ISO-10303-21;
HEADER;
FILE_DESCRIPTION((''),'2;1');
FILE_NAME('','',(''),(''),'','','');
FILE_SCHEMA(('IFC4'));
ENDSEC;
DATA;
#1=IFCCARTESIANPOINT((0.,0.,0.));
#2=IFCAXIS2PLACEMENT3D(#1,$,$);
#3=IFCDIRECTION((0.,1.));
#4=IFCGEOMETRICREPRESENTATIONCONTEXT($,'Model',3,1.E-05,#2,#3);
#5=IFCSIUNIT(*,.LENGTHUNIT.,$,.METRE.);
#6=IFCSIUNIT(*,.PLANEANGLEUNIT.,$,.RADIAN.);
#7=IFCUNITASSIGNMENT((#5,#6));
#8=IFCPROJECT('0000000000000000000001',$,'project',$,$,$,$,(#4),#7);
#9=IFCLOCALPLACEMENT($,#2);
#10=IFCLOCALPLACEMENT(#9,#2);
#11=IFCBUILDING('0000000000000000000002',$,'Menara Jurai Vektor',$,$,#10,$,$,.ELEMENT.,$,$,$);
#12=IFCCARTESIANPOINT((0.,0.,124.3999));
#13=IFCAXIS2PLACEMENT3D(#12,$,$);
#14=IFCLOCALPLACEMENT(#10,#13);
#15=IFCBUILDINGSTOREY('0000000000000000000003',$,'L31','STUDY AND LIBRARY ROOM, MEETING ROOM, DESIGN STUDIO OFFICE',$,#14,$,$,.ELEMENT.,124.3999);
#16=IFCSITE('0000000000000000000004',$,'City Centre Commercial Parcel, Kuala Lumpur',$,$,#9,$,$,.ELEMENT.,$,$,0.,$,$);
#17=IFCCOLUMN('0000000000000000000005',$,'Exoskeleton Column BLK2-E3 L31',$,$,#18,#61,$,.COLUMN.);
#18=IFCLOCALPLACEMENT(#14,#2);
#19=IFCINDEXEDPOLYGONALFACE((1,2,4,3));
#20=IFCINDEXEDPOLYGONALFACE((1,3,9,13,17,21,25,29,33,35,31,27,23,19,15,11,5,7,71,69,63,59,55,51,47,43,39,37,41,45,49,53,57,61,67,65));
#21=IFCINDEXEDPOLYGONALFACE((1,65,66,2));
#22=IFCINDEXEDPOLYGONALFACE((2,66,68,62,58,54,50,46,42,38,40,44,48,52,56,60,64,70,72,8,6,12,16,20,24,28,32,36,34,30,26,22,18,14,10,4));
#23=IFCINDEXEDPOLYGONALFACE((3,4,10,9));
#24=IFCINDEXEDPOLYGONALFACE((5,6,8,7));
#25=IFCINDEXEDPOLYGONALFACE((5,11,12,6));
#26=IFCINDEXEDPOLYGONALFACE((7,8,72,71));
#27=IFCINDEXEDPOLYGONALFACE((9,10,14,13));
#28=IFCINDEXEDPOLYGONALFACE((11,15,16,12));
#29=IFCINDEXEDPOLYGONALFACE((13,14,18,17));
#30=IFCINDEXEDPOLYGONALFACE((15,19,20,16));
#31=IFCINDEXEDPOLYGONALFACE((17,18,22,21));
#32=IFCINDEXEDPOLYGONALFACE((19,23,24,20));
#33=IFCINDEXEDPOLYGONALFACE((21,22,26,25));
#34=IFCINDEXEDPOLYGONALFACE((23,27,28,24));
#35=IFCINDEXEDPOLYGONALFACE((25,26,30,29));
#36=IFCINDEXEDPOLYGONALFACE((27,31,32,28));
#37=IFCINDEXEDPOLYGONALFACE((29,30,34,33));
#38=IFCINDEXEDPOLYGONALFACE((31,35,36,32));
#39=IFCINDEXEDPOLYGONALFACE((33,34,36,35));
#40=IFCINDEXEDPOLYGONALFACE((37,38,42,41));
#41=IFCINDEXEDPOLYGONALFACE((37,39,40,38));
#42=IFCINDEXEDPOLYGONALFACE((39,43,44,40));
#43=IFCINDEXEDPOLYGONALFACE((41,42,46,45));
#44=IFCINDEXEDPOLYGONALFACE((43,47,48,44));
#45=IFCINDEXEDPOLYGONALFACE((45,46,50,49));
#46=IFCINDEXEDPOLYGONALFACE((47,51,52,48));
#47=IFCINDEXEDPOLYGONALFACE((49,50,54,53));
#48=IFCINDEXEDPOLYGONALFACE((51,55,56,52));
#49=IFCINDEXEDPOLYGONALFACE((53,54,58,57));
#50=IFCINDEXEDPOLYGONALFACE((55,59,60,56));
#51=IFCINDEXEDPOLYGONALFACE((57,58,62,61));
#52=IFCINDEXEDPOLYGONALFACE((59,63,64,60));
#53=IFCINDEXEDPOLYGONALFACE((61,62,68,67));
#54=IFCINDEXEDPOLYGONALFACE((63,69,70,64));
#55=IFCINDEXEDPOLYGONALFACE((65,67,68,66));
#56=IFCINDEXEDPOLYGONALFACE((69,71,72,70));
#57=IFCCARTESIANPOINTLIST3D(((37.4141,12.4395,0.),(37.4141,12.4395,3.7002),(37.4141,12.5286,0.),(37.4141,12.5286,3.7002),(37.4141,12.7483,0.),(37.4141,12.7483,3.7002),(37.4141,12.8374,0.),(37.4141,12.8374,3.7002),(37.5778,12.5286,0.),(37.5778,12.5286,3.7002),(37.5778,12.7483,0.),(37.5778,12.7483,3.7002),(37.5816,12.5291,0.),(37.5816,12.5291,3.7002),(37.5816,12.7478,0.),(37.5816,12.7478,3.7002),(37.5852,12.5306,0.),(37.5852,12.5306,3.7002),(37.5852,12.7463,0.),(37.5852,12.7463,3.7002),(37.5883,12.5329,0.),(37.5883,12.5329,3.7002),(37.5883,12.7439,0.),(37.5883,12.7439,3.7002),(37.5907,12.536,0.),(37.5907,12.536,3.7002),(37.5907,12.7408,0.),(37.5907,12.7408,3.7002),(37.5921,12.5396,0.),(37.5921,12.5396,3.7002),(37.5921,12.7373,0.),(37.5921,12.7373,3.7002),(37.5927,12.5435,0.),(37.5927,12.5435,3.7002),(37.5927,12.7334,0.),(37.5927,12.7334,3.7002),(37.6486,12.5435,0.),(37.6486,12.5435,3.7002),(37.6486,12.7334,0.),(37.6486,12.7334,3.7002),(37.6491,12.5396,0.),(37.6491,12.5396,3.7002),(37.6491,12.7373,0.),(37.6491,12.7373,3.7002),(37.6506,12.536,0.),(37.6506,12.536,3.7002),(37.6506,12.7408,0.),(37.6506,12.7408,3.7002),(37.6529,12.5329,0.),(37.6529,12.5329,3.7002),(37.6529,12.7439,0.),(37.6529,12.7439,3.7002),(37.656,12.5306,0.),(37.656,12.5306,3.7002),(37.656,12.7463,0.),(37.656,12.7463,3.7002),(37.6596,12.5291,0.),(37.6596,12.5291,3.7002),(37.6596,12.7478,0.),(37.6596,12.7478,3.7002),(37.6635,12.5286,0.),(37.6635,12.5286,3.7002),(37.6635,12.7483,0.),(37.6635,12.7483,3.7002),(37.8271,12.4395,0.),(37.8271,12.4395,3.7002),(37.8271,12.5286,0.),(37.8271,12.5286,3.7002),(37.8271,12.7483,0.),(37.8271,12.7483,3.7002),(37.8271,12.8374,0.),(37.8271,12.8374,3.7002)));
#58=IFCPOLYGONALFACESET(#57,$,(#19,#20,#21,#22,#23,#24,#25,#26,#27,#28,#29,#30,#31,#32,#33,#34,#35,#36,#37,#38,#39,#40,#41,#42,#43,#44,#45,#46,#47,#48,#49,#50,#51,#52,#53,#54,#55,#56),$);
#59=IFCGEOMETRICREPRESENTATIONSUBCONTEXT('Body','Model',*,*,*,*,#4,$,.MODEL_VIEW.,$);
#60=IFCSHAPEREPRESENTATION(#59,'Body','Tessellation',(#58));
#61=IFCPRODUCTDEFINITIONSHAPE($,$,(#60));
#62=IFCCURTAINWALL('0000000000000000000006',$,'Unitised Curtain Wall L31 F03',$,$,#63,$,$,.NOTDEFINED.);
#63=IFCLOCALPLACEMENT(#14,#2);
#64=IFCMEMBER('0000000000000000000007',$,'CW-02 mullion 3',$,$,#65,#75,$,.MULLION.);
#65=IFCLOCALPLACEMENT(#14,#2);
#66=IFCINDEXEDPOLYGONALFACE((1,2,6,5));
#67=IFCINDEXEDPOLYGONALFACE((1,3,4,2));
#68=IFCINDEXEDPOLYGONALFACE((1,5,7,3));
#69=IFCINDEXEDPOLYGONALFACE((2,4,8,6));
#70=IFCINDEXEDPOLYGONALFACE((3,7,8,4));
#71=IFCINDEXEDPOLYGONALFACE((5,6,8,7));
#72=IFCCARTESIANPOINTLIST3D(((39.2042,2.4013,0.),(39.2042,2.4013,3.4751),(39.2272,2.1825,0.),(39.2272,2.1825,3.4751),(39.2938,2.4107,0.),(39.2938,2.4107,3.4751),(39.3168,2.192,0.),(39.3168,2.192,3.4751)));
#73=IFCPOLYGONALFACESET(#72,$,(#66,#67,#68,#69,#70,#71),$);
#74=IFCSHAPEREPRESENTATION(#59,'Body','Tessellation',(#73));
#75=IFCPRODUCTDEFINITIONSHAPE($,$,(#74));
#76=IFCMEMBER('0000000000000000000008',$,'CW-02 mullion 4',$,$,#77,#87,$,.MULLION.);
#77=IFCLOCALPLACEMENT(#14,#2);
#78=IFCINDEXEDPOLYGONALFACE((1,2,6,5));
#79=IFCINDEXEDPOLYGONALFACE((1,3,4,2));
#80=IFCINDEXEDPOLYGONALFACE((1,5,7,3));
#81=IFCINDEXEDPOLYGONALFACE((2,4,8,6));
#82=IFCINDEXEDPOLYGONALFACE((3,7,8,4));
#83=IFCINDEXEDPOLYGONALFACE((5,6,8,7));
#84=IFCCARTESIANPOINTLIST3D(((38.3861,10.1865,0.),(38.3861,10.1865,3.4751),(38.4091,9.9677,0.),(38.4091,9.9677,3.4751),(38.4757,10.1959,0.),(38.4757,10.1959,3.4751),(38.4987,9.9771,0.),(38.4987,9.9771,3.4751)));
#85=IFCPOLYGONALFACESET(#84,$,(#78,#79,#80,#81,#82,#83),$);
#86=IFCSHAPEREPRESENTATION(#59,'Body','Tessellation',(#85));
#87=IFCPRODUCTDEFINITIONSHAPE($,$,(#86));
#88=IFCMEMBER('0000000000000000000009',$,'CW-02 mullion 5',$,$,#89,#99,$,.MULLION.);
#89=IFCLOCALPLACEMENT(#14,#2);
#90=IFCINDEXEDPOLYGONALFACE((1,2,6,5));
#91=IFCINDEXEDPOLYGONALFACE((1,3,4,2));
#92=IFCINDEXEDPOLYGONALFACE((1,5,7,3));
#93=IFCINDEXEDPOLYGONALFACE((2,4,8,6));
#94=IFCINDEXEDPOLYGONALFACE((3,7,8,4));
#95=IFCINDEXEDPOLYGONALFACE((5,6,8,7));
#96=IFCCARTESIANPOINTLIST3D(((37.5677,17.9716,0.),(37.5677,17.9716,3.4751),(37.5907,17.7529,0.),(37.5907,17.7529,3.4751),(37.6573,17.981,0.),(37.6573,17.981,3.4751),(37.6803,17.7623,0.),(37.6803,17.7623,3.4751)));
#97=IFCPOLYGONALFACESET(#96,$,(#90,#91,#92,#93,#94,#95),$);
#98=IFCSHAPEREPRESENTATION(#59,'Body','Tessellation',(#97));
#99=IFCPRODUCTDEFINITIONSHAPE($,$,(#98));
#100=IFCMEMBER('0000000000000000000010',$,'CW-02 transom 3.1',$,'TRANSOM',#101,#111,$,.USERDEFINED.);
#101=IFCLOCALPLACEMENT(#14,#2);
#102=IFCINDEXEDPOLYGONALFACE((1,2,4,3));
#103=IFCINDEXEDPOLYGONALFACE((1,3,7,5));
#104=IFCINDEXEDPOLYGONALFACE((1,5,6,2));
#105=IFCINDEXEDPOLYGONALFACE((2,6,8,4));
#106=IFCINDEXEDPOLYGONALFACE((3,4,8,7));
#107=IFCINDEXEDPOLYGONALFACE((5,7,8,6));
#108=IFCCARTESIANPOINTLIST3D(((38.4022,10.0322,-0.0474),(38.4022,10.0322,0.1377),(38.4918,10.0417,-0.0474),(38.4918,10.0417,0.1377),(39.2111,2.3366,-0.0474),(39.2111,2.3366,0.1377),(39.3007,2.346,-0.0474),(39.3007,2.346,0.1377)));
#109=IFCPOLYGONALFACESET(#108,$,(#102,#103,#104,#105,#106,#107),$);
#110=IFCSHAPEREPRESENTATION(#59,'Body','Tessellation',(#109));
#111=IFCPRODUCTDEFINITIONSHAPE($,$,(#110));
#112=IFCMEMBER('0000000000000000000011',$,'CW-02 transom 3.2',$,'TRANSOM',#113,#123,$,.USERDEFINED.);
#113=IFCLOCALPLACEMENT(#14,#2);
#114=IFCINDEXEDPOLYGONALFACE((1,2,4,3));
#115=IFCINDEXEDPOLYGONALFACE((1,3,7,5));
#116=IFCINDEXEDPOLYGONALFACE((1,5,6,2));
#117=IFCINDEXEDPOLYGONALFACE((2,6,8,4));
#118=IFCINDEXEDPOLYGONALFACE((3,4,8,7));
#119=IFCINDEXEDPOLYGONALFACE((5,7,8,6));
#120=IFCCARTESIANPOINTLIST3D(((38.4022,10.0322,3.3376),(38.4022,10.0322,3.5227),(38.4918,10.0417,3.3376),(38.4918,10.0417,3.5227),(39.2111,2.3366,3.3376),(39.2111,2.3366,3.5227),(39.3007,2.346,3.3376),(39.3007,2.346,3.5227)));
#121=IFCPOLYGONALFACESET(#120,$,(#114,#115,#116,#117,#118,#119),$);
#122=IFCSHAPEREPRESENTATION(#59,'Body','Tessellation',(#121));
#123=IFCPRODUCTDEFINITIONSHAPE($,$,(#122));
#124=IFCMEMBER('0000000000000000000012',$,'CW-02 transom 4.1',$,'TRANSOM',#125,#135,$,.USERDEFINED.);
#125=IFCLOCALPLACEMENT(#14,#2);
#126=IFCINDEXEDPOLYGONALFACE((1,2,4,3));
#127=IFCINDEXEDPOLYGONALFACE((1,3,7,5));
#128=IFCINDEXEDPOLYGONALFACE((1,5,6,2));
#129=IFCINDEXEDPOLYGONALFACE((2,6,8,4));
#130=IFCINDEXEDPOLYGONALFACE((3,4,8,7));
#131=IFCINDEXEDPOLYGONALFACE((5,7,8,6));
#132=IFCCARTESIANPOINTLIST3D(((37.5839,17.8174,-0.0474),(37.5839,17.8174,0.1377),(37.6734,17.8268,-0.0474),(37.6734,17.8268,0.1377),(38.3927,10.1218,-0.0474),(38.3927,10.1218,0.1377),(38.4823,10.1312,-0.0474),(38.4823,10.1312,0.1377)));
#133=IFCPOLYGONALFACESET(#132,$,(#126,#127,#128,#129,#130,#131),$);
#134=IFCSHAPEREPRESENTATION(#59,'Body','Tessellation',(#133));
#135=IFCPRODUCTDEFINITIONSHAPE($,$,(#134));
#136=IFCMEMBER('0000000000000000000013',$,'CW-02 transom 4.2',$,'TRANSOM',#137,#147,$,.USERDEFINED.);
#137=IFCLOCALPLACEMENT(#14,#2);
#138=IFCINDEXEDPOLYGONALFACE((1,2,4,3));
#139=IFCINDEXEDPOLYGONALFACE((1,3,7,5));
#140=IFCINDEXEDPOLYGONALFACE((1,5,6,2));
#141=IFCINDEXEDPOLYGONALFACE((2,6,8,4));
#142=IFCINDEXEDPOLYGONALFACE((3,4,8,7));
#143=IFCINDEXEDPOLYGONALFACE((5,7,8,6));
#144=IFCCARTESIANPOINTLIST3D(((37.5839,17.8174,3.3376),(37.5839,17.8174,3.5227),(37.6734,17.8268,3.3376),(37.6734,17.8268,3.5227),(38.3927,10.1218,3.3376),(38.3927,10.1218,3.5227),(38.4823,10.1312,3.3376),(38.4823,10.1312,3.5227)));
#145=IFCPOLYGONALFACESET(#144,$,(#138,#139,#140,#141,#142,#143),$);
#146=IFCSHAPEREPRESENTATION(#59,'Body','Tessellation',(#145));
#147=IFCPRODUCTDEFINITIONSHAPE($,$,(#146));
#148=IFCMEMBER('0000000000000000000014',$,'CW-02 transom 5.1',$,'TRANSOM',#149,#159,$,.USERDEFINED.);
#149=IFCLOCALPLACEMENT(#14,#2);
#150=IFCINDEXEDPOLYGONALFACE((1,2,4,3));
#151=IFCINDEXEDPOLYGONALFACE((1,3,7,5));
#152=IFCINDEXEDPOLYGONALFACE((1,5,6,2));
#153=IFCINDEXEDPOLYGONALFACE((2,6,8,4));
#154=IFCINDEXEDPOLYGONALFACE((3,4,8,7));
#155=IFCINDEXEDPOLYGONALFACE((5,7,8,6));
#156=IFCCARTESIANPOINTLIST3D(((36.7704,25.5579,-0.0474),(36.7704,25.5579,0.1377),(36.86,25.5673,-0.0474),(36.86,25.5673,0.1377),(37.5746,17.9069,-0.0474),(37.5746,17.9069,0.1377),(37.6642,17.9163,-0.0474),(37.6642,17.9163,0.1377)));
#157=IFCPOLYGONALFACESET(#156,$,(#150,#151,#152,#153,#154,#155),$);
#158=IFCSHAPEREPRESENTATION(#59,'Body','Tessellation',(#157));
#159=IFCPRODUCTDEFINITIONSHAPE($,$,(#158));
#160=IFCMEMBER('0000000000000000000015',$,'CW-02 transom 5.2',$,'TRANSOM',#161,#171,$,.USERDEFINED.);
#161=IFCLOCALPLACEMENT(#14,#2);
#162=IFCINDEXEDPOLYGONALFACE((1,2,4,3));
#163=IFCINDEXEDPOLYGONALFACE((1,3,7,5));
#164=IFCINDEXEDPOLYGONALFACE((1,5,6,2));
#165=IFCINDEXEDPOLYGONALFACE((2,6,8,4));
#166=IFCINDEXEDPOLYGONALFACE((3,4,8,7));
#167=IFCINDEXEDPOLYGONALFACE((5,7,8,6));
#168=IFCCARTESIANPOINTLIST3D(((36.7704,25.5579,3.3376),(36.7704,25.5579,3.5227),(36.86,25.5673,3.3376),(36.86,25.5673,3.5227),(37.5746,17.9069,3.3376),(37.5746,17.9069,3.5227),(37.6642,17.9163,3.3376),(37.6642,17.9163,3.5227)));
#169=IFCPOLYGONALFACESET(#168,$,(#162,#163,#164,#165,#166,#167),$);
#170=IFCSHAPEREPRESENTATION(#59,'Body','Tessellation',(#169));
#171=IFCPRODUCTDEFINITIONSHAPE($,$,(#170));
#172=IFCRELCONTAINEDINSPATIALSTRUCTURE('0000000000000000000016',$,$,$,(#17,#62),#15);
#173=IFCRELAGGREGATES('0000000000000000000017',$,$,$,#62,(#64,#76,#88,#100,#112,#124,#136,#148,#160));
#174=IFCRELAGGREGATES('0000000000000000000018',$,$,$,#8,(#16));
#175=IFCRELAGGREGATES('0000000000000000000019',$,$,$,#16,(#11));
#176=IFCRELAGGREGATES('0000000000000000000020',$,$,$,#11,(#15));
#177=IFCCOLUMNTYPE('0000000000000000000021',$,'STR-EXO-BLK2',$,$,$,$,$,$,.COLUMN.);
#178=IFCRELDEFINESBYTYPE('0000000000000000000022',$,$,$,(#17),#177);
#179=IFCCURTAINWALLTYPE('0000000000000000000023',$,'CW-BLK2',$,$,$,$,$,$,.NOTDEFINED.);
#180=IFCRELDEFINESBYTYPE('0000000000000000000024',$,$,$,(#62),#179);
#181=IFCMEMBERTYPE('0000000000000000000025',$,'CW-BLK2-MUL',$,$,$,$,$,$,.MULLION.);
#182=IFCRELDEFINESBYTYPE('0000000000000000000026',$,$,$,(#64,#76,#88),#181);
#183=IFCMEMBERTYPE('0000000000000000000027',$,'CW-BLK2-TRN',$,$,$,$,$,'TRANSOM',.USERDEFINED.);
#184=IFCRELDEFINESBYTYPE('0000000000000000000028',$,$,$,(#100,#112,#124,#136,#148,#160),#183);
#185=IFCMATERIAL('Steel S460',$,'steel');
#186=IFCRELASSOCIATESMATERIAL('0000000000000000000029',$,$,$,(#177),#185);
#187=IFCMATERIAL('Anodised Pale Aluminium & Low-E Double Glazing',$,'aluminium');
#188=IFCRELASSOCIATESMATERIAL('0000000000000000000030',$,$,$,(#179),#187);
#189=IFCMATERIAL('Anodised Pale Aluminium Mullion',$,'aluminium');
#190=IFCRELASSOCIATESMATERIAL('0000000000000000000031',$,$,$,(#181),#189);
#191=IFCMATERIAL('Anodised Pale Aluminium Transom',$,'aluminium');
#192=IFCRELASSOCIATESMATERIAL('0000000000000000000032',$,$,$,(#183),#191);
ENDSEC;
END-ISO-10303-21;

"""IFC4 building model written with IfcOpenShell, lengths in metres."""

from ifc_helpers import new_model, si_unit, direction, frame, origin, origin_2d, place, context, subcontext, project, spatial, rectangle, i_section, extrude, material, material_profile, profile_set, type_object, element, aggregate, save


model = new_model("IFC4")

# Units and contexts
model_context = context("Model", 3, precision=1e-05, world=origin(), true_north=direction((0.0, 1.0)))
body_context = subcontext(model_context, "Body", "Model", "MODEL_VIEW")
ifc_project = project(units=[si_unit("LENGTHUNIT", "METRE"), si_unit("PLANEANGLEUNIT", "RADIAN")], contexts=[model_context])

# Site, building, storey
site_placement = place(None, origin())
site = spatial("IfcSite", under=ifc_project, at=site_placement, Name="City Centre Commercial Parcel, Kuala Lumpur", CompositionType="ELEMENT", RefElevation=0.0)
building_placement = place(site_placement, origin())
building = spatial("IfcBuilding", under=site, at=building_placement, Name="Menara Jurai Vektor", CompositionType="ELEMENT")
storey_placement = place(building_placement, frame((0.0, 0.0, 124.3999)))
storey = spatial("IfcBuildingStorey", under=building, at=storey_placement, Name="L31", Description="STUDY AND LIBRARY ROOM, MEETING ROOM, DESIGN STUDIO OFFICE", CompositionType="ELEMENT", Elevation=124.3999)

# Column
ifc_material_1 = material(Name="Steel S460", Category="steel")
ifc_material_profile_1 = material_profile(ifc_material_1, i_section(OverallWidth=0.4131, OverallDepth=0.3979, WebThickness=0.0559, FlangeThickness=0.0891, FilletRadius=0.0149, at=origin_2d()), Name="HD 400x744")
ifc_profile_set_1 = profile_set([ifc_material_profile_1], Name="Steel S460")
column_type = type_object("IfcColumnType", Name="STR-EXO-BLK2", PredefinedType="COLUMN", material=ifc_profile_set_1)
column_placement = place(storey_placement, frame((37.6206, 12.6384, 0.0), z_axis=(0.0, 0.0, 1.0), x_axis=(1.0, 0.0, 0.0)))
element("IfcColumn", 1, at=column_placement, inside=storey, type_object=column_type, Name="Exoskeleton Column BLK2-E3 L31", PredefinedType="COLUMN", context=body_context, shape_type="SweptSolid", body=[
    extrude(i_section(OverallWidth=0.4131, OverallDepth=0.3979, WebThickness=0.0559, FlangeThickness=0.0891, FilletRadius=0.0149, at=origin_2d()), origin(), (0.0, 0.0, 1.0), 3.7002),
])

# Curtain wall, members
ifc_material_2 = material(Name="Anodised Pale Aluminium & Low-E Double Glazing", Category="aluminium")
curtain_wall_type = type_object("IfcCurtainWallType", Name="CW-BLK2", PredefinedType="NOTDEFINED", material=ifc_material_2)
curtain_wall_placement = place(storey_placement, origin())
curtain_wall = element("IfcCurtainWall", 2, at=curtain_wall_placement, inside=storey, type_object=curtain_wall_type, Name="Unitised Curtain Wall L31 F03", PredefinedType="NOTDEFINED")
ifc_material_3 = material(Name="Anodised Pale Aluminium Mullion", Category="aluminium")
ifc_material_profile_2 = material_profile(ifc_material_3, rectangle(XDim=0.0901, YDim=0.22, at=origin_2d()), Name="ALU MUL 90x220")
ifc_profile_set_2 = profile_set([ifc_material_profile_2], Name="Anodised Pale Aluminium Mullion")
member_type_1 = type_object("IfcMemberType", Name="CW-BLK2-MUL", PredefinedType="MULLION", material=ifc_profile_set_2)
member_1_placement = place(storey_placement, frame((39.2605, 2.2966, 0.0), z_axis=(0.0, 0.0, 1.0), x_axis=(-0.994522, -0.10453, 0.0)))
member_1 = element("IfcMember", 3, at=member_1_placement, type_object=member_type_1, Name="CW-02 mullion 3", PredefinedType="MULLION", context=body_context, shape_type="SweptSolid", body=[
    extrude(rectangle(XDim=0.0901, YDim=0.22, at=origin_2d()), origin(), (0.0, 0.0, 1.0), 3.4751),
])
member_2_placement = place(storey_placement, frame((38.4424, 10.0818, 0.0), z_axis=(0.0, 0.0, 1.0), x_axis=(-0.994522, -0.10453, 0.0)))
member_2 = element("IfcMember", 4, at=member_2_placement, type_object=member_type_1, Name="CW-02 mullion 4", PredefinedType="MULLION", context=body_context, shape_type="SweptSolid", body=[
    extrude(rectangle(XDim=0.0901, YDim=0.22, at=origin_2d()), origin(), (0.0, 0.0, 1.0), 3.4751),
])
member_3_placement = place(storey_placement, frame((37.624, 17.8669, 0.0), z_axis=(0.0, 0.0, 1.0), x_axis=(-0.994522, -0.10453, 0.0)))
member_3 = element("IfcMember", 5, at=member_3_placement, type_object=member_type_1, Name="CW-02 mullion 5", PredefinedType="MULLION", context=body_context, shape_type="SweptSolid", body=[
    extrude(rectangle(XDim=0.0901, YDim=0.22, at=origin_2d()), origin(), (0.0, 0.0, 1.0), 3.4751),
])
ifc_material_4 = material(Name="Anodised Pale Aluminium Transom", Category="aluminium")
ifc_material_profile_3 = material_profile(ifc_material_4, rectangle(XDim=0.0901, YDim=0.1851, at=origin_2d()), Name="ALU TRN 90x185")
ifc_profile_set_3 = profile_set([ifc_material_profile_3], Name="Anodised Pale Aluminium Transom")
member_type_2 = type_object("IfcMemberType", Name="CW-BLK2-TRN", ElementType="TRANSOM", PredefinedType="USERDEFINED", material=ifc_profile_set_3)
member_4_placement = place(storey_placement, frame((39.2559, 2.3413, 0.0452), z_axis=(-0.104529, 0.994522, 0.0), x_axis=(-0.994522, -0.104529, 0.0)))
member_4 = element("IfcMember", 6, at=member_4_placement, type_object=member_type_2, Name="CW-02 transom 3.1", ObjectType="TRANSOM", PredefinedType="USERDEFINED", context=body_context, shape_type="SweptSolid", body=[
    extrude(rectangle(XDim=0.0901, YDim=0.1851, at=origin_2d()), origin(), (0.0, 0.0, 1.0), 7.738),
])
member_5_placement = place(storey_placement, frame((39.2559, 2.3413, 3.4302), z_axis=(-0.104529, 0.994522, 0.0), x_axis=(-0.994522, -0.104529, 0.0)))
member_5 = element("IfcMember", 7, at=member_5_placement, type_object=member_type_2, Name="CW-02 transom 3.2", ObjectType="TRANSOM", PredefinedType="USERDEFINED", context=body_context, shape_type="SweptSolid", body=[
    extrude(rectangle(XDim=0.0901, YDim=0.1851, at=origin_2d()), origin(), (0.0, 0.0, 1.0), 7.738),
])
member_6_placement = place(storey_placement, frame((38.4375, 10.1265, 0.0452), z_axis=(-0.104529, 0.994522, 0.0), x_axis=(-0.994522, -0.104529, 0.0)))
member_6 = element("IfcMember", 8, at=member_6_placement, type_object=member_type_2, Name="CW-02 transom 4.1", ObjectType="TRANSOM", PredefinedType="USERDEFINED", context=body_context, shape_type="SweptSolid", body=[
    extrude(rectangle(XDim=0.0901, YDim=0.1851, at=origin_2d()), origin(), (0.0, 0.0, 1.0), 7.738),
])
member_7_placement = place(storey_placement, frame((38.4375, 10.1265, 3.4302), z_axis=(-0.104529, 0.994522, 0.0), x_axis=(-0.994522, -0.104529, 0.0)))
member_7 = element("IfcMember", 9, at=member_7_placement, type_object=member_type_2, Name="CW-02 transom 4.2", ObjectType="TRANSOM", PredefinedType="USERDEFINED", context=body_context, shape_type="SweptSolid", body=[
    extrude(rectangle(XDim=0.0901, YDim=0.1851, at=origin_2d()), origin(), (0.0, 0.0, 1.0), 7.738),
])
member_8_placement = place(storey_placement, frame((37.6194, 17.9116, 0.0452), z_axis=(-0.104536, 0.994521, 0.0), x_axis=(-0.994521, -0.104536, 0.0)))
member_8 = element("IfcMember", 10, at=member_8_placement, type_object=member_type_2, Name="CW-02 transom 5.1", ObjectType="TRANSOM", PredefinedType="USERDEFINED", context=body_context, shape_type="SweptSolid", body=[
    extrude(rectangle(XDim=0.0901, YDim=0.1851, at=origin_2d()), origin(), (0.0, 0.0, 1.0), 7.6931),
])
member_9_placement = place(storey_placement, frame((37.6194, 17.9116, 3.4302), z_axis=(-0.104536, 0.994521, 0.0), x_axis=(-0.994521, -0.104536, 0.0)))
member_9 = element("IfcMember", 11, at=member_9_placement, type_object=member_type_2, Name="CW-02 transom 5.2", ObjectType="TRANSOM", PredefinedType="USERDEFINED", context=body_context, shape_type="SweptSolid", body=[
    extrude(rectangle(XDim=0.0901, YDim=0.1851, at=origin_2d()), origin(), (0.0, 0.0, 1.0), 7.6931),
])

aggregate(curtain_wall, [member_1, member_2, member_3, member_4, member_5, member_6, member_7, member_8, member_9])

save(model, "model.ifc")
